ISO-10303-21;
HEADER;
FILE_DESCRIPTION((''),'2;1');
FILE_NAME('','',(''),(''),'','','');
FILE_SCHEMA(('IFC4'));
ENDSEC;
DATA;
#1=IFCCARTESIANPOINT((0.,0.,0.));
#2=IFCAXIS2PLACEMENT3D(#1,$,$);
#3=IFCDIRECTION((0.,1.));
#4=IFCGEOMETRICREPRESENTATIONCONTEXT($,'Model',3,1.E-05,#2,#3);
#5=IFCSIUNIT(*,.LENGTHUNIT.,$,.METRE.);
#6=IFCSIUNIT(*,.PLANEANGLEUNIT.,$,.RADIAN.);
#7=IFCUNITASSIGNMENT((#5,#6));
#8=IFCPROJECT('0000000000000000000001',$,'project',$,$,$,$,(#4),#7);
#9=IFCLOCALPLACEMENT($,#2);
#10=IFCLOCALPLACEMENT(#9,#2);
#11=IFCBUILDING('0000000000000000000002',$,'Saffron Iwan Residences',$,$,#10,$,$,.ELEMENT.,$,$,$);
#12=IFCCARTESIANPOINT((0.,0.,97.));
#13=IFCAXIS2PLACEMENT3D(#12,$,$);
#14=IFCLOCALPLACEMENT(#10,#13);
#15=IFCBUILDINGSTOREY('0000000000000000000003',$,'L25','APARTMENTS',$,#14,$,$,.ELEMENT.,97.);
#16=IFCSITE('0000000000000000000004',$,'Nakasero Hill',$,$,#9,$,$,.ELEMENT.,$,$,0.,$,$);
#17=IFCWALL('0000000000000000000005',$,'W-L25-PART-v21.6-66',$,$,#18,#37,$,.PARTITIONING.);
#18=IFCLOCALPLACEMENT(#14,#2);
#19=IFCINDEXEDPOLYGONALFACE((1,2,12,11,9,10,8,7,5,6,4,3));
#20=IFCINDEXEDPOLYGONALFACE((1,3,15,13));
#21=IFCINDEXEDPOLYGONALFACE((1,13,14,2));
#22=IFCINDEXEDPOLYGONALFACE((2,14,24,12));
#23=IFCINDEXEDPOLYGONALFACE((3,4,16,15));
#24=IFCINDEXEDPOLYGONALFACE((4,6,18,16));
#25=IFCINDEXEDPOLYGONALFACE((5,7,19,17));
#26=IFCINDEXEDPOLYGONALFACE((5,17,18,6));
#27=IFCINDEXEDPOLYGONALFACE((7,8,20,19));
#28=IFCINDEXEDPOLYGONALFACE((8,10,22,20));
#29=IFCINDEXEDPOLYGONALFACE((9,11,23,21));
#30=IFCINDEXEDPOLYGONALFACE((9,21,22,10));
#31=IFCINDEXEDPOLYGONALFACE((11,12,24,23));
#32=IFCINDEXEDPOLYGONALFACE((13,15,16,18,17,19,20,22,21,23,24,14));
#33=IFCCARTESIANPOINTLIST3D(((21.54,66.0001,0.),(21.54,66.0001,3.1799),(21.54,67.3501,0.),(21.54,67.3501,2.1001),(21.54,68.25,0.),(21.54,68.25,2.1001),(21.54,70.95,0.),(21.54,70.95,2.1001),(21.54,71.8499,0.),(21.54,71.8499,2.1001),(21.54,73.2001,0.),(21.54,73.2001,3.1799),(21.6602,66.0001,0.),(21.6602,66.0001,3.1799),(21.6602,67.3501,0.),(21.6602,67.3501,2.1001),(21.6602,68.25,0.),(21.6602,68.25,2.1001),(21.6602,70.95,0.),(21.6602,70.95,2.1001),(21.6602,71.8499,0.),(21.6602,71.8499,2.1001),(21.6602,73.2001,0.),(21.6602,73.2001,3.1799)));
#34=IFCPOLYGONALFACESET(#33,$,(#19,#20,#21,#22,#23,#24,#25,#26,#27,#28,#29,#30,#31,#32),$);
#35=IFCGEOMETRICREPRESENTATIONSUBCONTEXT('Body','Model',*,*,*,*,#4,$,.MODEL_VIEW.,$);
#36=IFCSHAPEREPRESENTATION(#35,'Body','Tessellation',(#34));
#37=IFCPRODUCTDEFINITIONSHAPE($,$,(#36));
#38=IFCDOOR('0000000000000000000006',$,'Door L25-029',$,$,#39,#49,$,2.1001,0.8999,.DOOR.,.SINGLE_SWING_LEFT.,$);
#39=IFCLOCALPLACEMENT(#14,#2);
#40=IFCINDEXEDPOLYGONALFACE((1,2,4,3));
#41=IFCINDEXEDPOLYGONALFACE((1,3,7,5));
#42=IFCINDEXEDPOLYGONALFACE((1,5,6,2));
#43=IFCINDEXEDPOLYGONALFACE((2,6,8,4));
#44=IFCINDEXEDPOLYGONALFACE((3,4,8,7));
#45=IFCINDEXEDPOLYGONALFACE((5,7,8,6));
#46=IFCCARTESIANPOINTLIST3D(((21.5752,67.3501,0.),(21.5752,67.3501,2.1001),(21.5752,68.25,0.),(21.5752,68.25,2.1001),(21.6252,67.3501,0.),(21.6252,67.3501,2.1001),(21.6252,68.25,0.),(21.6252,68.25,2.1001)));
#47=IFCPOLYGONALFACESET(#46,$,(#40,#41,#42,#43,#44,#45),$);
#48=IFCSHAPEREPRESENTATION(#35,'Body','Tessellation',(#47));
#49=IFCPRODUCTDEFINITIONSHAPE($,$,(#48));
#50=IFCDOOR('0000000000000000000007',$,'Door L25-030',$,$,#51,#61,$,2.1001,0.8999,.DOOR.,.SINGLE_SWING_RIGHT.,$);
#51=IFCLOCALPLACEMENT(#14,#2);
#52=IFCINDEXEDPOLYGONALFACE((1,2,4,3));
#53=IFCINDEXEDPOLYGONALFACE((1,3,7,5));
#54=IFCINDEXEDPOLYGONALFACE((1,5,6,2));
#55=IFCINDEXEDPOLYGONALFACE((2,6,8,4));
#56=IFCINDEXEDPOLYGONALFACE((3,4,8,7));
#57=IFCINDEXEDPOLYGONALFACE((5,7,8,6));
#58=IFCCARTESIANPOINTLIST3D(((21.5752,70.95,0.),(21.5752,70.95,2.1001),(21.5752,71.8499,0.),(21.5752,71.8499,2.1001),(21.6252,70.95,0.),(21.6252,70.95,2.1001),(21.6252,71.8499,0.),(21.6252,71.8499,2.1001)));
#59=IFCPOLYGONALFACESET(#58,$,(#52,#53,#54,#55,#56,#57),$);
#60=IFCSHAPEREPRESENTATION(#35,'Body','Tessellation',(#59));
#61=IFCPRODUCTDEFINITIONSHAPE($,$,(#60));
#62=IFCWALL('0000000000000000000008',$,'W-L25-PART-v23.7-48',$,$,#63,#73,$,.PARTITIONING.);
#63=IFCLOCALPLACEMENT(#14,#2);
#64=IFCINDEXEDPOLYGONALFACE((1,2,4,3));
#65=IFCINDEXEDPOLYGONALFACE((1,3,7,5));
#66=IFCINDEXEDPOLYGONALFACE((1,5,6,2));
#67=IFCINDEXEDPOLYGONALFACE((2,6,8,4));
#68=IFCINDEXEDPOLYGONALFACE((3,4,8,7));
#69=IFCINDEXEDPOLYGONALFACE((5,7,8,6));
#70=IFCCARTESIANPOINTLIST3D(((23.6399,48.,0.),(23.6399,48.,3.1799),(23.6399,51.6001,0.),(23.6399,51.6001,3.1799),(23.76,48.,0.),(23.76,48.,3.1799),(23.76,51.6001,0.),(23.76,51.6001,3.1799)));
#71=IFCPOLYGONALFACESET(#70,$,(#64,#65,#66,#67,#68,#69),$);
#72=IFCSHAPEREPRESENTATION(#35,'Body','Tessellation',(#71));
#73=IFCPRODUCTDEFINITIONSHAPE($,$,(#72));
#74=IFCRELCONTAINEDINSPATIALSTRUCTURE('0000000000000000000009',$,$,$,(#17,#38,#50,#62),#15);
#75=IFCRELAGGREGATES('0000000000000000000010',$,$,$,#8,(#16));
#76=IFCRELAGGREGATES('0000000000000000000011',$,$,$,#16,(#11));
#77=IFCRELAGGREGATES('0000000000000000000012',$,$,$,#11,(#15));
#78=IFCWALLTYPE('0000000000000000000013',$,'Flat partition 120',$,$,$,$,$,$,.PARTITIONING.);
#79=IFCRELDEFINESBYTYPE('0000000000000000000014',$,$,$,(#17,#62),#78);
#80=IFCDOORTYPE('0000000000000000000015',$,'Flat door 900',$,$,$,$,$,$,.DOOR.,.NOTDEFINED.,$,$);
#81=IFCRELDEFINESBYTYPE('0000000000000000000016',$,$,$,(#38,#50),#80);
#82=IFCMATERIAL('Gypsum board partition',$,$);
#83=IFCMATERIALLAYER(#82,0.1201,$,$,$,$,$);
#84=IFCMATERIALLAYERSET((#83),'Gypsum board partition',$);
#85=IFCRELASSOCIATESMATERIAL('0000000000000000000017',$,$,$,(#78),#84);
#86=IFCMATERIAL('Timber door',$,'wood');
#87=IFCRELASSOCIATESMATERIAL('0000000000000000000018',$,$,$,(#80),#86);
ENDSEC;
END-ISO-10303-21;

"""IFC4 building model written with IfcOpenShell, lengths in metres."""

from ifc_helpers import new_model, si_unit, direction, frame, frame_2d, origin, place, context, subcontext, project, spatial, rectangle, extrude, material, layer, layer_set, type_object, element, fill, save


model = new_model("IFC4")

# Units and contexts
model_context = context("Model", 3, precision=1e-05, world=origin(), true_north=direction((0.0, 1.0)))
body_context = subcontext(model_context, "Body", "Model", "MODEL_VIEW")
ifc_project = project(units=[si_unit("LENGTHUNIT", "METRE"), si_unit("PLANEANGLEUNIT", "RADIAN")], contexts=[model_context])

# Site, building, storey
site_placement = place(None, origin())
site = spatial("IfcSite", under=ifc_project, at=site_placement, Name="Nakasero Hill", CompositionType="ELEMENT", RefElevation=0.0)
building_placement = place(site_placement, origin())
building = spatial("IfcBuilding", under=site, at=building_placement, Name="Saffron Iwan Residences", CompositionType="ELEMENT")
storey_placement = place(building_placement, frame((0.0, 0.0, 97.0)))
storey = spatial("IfcBuildingStorey", under=building, at=storey_placement, Name="L25", Description="APARTMENTS", CompositionType="ELEMENT", Elevation=97.0)

# Shared definitions
ifc_material_1 = material(Name="Gypsum board partition")
ifc_layer_1 = layer(ifc_material_1, 0.1201)
ifc_layer_set_1 = layer_set([ifc_layer_1], Name="Gypsum board partition")
wall_type_1 = type_object("IfcWallType", Name="Flat partition 120", PredefinedType="PARTITIONING", material=ifc_layer_set_1)
ifc_material_2 = material(Name="Timber door", Category="wood")
door_type_1 = type_object("IfcDoorType", Name="Flat door 900", OperationType="NOTDEFINED", PredefinedType="DOOR", material=ifc_material_2)

# Wall, openings, doors
wall_1_placement = place(storey_placement, frame((21.6001, 66.0, 0.0), z_axis=(0.0, 0.0, 1.0), x_axis=(0.0, 1.0, 0.0)))
wall_1 = element("IfcWall", 1, at=wall_1_placement, inside=storey, type_object=wall_type_1, Name="W-L25-PART-v21.6-66", PredefinedType="PARTITIONING", context=body_context, shape_type="SweptSolid", body=[
    extrude(rectangle(XDim=7.2, YDim=0.1201, at=frame_2d((3.6001, 0.0))), origin(), (0.0, 0.0, 1.0), 3.1799),
])
opening_1_placement = place(wall_1_placement, frame((1.3501, 0.0, 0.0)))
opening_1 = element("IfcOpeningElement", 2, at=opening_1_placement, cuts=wall_1, PredefinedType="OPENING", context=body_context, shape_type="SweptSolid", body=[
    extrude(rectangle(XDim=0.8999, YDim=2.1001, at=frame_2d((0.45, 1.05))), frame((0.0, 0.0701, 0.0), z_axis=(0.0, -1.0, 0.0), x_axis=(1.0, 0.0, 0.0)), (0.0, 0.0, 1.0), 0.1401),
])
opening_2_placement = place(wall_1_placement, frame((4.95, 0.0, 0.0)))
opening_2 = element("IfcOpeningElement", 3, at=opening_2_placement, cuts=wall_1, PredefinedType="OPENING", context=body_context, shape_type="SweptSolid", body=[
    extrude(rectangle(XDim=0.8999, YDim=2.1001, at=frame_2d((0.45, 1.05))), frame((0.0, 0.0701, 0.0), z_axis=(0.0, -1.0, 0.0), x_axis=(1.0, 0.0, 0.0)), (0.0, 0.0, 1.0), 0.1401),
])
door_1_placement = place(opening_1_placement, origin())
door_1 = element("IfcDoor", 4, at=door_1_placement, inside=storey, type_object=door_type_1, Name="Door L25-029", OperationType="SINGLE_SWING_LEFT", OverallHeight=2.1001, OverallWidth=0.8999, PredefinedType="DOOR", context=body_context, shape_type="SweptSolid", body=[
    extrude(rectangle(XDim=0.8999, YDim=2.1001, at=frame_2d((0.45, 1.05))), frame((0.0, 0.0249, 0.0), z_axis=(0.0, -1.0, 0.0), x_axis=(1.0, 0.0, 0.0)), (0.0, 0.0, 1.0), 0.05),
])
fill(opening_1, door_1)
door_2_placement = place(opening_2_placement, origin())
door_2 = element("IfcDoor", 5, at=door_2_placement, inside=storey, type_object=door_type_1, Name="Door L25-030", OperationType="SINGLE_SWING_RIGHT", OverallHeight=2.1001, OverallWidth=0.8999, PredefinedType="DOOR", context=body_context, shape_type="SweptSolid", body=[
    extrude(rectangle(XDim=0.8999, YDim=2.1001, at=frame_2d((0.45, 1.05))), frame((0.0, 0.0249, 0.0), z_axis=(0.0, -1.0, 0.0), x_axis=(1.0, 0.0, 0.0)), (0.0, 0.0, 1.0), 0.05),
])
fill(opening_2, door_2)

# Wall
wall_2_placement = place(storey_placement, frame((23.7, 48.0, 0.0), z_axis=(0.0, 0.0, 1.0), x_axis=(0.0, 1.0, 0.0)))
element("IfcWall", 6, at=wall_2_placement, inside=storey, type_object=wall_type_1, Name="W-L25-PART-v23.7-48", PredefinedType="PARTITIONING", context=body_context, shape_type="SweptSolid", body=[
    extrude(rectangle(XDim=3.6001, YDim=0.1201, at=frame_2d((1.8, 0.0))), origin(), (0.0, 0.0, 1.0), 3.1799),
])

save(model, "model.ifc")
